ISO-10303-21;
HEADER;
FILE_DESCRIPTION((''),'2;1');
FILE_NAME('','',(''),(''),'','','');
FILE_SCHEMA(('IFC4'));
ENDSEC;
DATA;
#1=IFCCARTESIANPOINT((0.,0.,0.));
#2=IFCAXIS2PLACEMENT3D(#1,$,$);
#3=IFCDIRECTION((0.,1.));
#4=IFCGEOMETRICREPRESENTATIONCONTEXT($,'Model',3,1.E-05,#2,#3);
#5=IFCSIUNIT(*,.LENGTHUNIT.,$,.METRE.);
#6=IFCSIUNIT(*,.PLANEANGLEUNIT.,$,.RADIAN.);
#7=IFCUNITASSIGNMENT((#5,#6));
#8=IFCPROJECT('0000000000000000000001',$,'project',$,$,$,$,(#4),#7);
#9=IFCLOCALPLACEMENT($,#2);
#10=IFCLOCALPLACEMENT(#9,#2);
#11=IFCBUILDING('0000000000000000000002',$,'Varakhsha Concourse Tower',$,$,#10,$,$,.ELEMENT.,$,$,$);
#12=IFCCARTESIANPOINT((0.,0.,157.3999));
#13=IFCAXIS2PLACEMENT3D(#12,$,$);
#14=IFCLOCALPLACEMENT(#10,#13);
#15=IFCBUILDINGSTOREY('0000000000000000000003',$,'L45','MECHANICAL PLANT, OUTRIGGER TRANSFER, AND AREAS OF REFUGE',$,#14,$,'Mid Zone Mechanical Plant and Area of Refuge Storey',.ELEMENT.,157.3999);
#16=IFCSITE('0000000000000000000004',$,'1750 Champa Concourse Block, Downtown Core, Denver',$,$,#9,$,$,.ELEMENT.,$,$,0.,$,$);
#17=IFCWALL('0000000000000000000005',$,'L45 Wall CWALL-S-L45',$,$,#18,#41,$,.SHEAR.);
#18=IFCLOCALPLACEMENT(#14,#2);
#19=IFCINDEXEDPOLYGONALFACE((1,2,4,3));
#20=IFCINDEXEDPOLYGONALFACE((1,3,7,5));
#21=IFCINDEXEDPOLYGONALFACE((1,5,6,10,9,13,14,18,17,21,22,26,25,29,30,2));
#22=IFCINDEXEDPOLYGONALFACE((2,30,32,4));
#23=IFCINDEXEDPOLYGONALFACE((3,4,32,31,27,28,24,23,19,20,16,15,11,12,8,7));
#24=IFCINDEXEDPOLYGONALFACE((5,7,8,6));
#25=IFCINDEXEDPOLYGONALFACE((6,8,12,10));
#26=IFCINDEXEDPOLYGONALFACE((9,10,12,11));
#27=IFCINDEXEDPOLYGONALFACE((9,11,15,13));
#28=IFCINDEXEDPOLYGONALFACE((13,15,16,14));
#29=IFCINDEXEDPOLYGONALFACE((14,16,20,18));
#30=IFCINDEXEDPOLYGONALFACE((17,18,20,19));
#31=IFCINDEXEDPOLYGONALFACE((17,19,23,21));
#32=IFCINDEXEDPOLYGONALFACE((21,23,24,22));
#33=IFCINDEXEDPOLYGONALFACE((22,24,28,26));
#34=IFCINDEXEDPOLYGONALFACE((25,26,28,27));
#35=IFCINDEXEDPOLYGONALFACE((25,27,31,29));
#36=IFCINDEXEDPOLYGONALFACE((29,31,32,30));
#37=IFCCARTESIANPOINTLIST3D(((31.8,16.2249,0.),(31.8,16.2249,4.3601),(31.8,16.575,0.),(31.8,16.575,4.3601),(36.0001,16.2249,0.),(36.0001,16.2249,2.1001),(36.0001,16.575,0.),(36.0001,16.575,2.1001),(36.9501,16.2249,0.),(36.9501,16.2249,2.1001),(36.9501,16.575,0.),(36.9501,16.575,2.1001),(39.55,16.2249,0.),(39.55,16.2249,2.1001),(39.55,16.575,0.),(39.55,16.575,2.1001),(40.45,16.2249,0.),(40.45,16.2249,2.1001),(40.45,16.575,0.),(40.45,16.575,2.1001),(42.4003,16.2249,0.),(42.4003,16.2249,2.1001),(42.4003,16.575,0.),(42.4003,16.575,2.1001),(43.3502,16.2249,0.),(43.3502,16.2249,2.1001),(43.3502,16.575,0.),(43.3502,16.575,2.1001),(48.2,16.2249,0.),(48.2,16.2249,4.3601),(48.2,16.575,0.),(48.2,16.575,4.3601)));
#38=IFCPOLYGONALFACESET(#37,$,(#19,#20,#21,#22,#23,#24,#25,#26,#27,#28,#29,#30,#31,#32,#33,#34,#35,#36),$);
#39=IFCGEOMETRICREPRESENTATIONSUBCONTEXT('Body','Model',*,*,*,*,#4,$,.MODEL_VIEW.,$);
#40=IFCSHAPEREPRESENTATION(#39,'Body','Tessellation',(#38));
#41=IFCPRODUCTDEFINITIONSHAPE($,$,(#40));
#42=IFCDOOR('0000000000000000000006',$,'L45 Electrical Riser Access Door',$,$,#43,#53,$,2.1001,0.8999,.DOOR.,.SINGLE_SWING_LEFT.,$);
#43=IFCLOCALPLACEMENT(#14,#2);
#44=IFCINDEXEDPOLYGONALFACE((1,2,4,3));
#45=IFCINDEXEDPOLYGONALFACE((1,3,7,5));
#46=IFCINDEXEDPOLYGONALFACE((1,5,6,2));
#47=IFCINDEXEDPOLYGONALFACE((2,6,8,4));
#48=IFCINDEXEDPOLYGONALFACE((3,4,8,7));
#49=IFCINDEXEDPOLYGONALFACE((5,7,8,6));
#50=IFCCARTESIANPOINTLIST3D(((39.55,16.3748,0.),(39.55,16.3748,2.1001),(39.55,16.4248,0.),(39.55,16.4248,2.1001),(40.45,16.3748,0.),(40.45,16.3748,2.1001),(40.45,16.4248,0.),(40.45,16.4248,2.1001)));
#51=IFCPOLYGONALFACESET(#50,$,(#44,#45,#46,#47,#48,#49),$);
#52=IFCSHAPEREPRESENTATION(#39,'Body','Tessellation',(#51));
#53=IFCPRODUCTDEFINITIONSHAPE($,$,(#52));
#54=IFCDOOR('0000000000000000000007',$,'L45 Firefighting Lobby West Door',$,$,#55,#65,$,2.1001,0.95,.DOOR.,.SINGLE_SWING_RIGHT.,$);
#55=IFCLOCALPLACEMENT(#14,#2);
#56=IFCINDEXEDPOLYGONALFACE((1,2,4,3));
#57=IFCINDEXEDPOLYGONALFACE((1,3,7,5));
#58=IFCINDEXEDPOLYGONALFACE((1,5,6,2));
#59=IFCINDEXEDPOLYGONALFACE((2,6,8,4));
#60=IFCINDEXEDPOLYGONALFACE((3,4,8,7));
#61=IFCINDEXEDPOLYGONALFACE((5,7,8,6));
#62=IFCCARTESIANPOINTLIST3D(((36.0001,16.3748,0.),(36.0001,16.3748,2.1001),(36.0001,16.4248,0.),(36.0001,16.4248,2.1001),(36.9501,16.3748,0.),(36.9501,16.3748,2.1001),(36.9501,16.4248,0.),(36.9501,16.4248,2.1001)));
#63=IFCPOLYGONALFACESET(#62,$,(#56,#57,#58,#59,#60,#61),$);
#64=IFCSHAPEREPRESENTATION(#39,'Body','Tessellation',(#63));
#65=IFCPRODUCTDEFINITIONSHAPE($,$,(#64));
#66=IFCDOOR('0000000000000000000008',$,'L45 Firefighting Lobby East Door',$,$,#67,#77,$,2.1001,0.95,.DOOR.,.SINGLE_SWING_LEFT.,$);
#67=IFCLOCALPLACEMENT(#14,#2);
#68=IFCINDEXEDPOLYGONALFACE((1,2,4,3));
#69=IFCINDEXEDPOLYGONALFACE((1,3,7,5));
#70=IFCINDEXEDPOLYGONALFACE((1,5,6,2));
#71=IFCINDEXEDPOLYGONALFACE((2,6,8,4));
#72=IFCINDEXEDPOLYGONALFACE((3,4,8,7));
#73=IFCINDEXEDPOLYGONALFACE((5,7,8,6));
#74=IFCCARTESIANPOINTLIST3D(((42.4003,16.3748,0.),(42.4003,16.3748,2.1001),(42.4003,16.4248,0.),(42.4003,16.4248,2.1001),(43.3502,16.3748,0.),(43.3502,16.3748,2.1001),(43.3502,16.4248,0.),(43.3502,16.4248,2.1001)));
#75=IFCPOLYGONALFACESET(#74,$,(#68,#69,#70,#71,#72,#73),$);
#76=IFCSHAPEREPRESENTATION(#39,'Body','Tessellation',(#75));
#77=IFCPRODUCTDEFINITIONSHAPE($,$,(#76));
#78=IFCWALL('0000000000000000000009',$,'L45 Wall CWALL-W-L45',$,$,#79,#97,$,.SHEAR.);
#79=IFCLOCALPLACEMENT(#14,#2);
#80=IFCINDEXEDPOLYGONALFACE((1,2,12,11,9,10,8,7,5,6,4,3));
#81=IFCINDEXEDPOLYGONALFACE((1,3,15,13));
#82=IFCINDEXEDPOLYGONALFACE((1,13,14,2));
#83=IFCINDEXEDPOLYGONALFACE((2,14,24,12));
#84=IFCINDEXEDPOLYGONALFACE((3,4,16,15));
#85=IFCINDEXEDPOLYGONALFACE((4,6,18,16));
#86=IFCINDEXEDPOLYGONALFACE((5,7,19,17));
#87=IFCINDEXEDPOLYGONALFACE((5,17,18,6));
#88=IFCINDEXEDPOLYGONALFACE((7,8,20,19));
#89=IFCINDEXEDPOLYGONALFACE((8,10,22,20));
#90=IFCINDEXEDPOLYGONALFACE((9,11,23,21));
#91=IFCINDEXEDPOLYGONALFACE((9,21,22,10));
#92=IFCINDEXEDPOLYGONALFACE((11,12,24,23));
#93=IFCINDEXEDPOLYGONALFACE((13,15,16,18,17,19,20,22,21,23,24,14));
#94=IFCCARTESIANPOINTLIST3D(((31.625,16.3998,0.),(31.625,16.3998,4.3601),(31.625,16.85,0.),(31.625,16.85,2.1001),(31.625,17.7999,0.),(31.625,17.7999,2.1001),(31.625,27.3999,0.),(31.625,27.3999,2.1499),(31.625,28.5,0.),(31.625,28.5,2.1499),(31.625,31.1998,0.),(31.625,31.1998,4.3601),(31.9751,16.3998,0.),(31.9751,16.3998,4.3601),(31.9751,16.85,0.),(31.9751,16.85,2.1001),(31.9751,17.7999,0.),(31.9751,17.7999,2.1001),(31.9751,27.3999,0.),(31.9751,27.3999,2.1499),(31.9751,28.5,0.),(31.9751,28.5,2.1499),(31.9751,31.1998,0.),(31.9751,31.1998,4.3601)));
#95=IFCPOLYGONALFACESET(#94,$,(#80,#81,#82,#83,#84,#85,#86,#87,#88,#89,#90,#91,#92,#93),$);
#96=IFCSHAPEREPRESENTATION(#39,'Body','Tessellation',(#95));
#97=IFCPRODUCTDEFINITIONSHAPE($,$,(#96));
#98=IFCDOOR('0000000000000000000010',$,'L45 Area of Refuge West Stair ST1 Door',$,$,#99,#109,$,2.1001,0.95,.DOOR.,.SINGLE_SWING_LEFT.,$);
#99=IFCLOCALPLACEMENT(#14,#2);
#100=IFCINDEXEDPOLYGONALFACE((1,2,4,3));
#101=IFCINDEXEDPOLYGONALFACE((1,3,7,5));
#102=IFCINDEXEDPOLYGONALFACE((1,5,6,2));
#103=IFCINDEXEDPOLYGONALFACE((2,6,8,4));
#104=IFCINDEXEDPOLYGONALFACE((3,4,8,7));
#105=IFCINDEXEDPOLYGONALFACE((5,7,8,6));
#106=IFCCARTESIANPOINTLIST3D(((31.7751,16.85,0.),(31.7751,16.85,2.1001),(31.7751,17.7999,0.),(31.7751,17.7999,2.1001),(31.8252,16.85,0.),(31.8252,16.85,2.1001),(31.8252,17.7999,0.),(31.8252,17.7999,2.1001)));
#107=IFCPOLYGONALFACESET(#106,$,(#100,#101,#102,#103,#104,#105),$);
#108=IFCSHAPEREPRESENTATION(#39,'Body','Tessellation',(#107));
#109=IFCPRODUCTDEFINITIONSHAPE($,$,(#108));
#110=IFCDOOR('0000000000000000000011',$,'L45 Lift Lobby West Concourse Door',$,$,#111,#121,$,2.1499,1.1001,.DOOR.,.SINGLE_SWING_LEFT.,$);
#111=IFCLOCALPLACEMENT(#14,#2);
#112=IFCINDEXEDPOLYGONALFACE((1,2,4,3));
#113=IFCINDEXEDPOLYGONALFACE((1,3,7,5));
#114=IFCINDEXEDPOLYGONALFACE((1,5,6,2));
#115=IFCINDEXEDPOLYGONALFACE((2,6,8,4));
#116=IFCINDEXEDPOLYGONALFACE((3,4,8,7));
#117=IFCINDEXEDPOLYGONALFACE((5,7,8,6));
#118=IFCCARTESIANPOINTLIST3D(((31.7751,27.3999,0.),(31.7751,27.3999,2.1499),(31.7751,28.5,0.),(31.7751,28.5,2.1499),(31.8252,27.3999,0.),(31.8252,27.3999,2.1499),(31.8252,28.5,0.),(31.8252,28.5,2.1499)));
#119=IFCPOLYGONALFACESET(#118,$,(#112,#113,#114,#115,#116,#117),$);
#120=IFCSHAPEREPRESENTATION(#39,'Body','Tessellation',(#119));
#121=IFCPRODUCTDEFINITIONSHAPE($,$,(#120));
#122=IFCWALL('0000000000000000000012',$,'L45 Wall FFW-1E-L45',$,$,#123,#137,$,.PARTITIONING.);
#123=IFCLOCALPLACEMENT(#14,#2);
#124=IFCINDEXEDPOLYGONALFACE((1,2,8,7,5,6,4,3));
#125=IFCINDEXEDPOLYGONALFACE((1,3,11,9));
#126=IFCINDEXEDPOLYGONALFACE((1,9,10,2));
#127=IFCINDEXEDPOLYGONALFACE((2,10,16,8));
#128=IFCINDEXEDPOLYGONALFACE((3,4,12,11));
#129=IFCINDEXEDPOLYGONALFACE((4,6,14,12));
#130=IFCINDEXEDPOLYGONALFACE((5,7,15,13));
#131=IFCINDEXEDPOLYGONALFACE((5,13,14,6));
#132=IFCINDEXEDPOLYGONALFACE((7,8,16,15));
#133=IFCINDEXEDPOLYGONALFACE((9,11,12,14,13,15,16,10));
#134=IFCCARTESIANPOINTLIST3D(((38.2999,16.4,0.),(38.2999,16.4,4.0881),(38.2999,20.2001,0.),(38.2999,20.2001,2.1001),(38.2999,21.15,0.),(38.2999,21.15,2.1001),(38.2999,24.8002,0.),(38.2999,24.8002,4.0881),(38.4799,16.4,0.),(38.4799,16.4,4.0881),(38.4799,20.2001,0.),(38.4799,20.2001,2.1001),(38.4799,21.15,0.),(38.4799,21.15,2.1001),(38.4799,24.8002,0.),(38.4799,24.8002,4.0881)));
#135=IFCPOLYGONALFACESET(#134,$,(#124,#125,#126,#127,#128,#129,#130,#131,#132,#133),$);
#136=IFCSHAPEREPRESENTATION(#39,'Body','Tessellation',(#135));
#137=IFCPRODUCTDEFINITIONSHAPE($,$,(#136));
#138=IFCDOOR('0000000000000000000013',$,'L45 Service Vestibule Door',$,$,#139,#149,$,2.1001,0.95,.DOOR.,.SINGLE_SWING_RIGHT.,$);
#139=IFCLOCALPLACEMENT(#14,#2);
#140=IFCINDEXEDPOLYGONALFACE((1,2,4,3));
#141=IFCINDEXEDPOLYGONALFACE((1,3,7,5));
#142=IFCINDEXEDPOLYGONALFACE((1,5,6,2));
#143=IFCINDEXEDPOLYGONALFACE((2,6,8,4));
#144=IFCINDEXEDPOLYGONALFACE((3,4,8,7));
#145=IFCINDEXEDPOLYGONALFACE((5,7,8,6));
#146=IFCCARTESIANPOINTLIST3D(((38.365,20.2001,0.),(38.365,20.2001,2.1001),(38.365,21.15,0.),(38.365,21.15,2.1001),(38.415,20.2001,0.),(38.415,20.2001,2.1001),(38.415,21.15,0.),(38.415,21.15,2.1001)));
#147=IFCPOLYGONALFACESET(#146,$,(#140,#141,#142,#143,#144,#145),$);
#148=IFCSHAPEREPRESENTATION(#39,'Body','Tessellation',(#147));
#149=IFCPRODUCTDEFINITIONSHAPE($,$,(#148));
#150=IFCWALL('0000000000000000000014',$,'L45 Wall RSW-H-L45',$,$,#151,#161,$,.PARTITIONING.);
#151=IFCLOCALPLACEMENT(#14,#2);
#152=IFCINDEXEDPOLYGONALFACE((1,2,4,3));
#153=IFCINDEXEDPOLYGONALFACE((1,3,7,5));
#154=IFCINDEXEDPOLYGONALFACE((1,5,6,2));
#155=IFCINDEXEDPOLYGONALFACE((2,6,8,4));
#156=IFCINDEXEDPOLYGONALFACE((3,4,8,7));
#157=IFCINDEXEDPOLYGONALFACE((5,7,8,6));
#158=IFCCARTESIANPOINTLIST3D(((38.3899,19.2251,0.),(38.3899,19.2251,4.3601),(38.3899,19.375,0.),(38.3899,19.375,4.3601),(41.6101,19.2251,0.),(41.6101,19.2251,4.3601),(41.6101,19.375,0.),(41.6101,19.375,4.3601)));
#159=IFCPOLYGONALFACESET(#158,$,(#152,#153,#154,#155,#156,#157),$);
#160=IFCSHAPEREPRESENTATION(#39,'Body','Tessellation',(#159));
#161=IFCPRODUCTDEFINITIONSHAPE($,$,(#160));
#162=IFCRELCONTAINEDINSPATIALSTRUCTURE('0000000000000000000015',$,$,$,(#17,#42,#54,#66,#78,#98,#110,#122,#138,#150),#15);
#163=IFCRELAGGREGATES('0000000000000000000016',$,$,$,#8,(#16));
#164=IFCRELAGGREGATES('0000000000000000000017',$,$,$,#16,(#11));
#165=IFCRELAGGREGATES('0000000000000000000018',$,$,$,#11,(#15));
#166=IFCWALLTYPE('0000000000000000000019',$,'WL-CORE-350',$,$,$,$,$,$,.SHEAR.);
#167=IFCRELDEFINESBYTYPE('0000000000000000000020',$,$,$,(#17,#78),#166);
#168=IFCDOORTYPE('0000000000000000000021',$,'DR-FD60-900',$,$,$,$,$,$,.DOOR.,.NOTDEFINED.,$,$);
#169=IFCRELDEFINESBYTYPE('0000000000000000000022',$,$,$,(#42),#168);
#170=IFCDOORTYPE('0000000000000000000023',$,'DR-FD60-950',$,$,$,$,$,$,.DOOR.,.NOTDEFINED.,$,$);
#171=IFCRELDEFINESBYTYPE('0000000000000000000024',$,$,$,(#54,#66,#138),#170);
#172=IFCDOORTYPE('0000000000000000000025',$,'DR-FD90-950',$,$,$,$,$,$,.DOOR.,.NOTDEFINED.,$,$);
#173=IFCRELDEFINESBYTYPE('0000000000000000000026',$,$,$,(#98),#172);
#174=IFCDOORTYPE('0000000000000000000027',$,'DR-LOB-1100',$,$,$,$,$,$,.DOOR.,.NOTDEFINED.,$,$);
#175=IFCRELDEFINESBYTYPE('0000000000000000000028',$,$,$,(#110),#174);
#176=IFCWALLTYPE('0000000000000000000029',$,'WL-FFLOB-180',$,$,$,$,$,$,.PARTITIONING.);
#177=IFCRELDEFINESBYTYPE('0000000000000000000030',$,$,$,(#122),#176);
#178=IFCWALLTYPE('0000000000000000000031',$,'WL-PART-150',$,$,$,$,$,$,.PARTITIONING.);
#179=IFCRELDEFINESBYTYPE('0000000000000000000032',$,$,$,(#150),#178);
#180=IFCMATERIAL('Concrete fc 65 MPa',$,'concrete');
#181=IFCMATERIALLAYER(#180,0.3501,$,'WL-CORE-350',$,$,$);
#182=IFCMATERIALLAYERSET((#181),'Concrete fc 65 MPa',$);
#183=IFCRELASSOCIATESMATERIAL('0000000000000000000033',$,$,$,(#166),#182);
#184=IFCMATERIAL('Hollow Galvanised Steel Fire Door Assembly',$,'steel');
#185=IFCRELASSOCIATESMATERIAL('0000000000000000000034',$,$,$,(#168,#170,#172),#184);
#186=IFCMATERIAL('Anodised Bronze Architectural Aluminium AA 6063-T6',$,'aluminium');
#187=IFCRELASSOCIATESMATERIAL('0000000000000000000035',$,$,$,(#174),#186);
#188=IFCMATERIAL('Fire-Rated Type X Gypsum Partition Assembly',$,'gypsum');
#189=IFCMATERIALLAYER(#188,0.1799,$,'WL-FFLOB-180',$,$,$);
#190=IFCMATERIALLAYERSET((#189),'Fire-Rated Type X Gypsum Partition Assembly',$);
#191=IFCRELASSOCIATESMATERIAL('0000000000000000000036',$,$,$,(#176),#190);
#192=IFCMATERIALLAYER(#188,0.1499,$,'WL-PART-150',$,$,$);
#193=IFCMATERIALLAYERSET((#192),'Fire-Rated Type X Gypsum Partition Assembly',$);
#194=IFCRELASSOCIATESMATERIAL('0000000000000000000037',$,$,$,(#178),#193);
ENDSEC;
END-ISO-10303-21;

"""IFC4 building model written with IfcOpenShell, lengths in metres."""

from ifc_helpers import new_model, si_unit, direction, frame, frame_2d, origin, place, context, subcontext, project, spatial, rectangle, extrude, material, layer, layer_set, type_object, element, fill, save


model = new_model("IFC4")

# Units and contexts
model_context = context("Model", 3, precision=1e-05, world=origin(), true_north=direction((0.0, 1.0)))
body_context = subcontext(model_context, "Body", "Model", "MODEL_VIEW")
ifc_project = project(units=[si_unit("LENGTHUNIT", "METRE"), si_unit("PLANEANGLEUNIT", "RADIAN")], contexts=[model_context])

# Site, building, storey
site_placement = place(None, origin())
site = spatial("IfcSite", under=ifc_project, at=site_placement, Name="1750 Champa Concourse Block, Downtown Core, Denver", CompositionType="ELEMENT", RefElevation=0.0)
building_placement = place(site_placement, origin())
building = spatial("IfcBuilding", under=site, at=building_placement, Name="Varakhsha Concourse Tower", CompositionType="ELEMENT")
storey_placement = place(building_placement, frame((0.0, 0.0, 157.3999)))
storey = spatial("IfcBuildingStorey", under=building, at=storey_placement, Name="L45", Description="MECHANICAL PLANT, OUTRIGGER TRANSFER, AND AREAS OF REFUGE", LongName="Mid Zone Mechanical Plant and Area of Refuge Storey", CompositionType="ELEMENT", Elevation=157.3999)

# Shared definitions
ifc_material_1 = material(Name="Concrete fc 65 MPa", Category="concrete")

# Shared definitions
ifc_material_2 = material(Name="Anodised Bronze Architectural Aluminium AA 6063-T6", Category="aluminium")

# Walls, openings, doors
ifc_layer_1 = layer(ifc_material_1, 0.3501, Name="WL-CORE-350")
ifc_layer_set_1 = layer_set([ifc_layer_1], Name="Concrete fc 65 MPa")
wall_type_1 = type_object("IfcWallType", Name="WL-CORE-350", PredefinedType="SHEAR", material=ifc_layer_set_1)
wall_1_placement = place(storey_placement, frame((31.8, 16.3999, 0.0), z_axis=(0.0, 0.0, 1.0), x_axis=(1.0, 0.0, 0.0)))
wall_1 = element("IfcWall", 1, at=wall_1_placement, inside=storey, type_object=wall_type_1, Name="L45 Wall CWALL-S-L45", PredefinedType="SHEAR", context=body_context, shape_type="SweptSolid", body=[
    extrude(rectangle(XDim=16.3999, YDim=0.3501, at=frame_2d((8.2, 0.0))), origin(), (0.0, 0.0, 1.0), 4.3601),
])
opening_1_placement = place(wall_1_placement, frame((7.75, 0.0, 0.0)))
opening_1 = element("IfcOpeningElement", 2, at=opening_1_placement, cuts=wall_1, PredefinedType="OPENING", context=body_context, shape_type="SweptSolid", body=[
    extrude(rectangle(XDim=0.8999, YDim=2.1001, at=frame_2d((0.45, 1.05))), frame((0.0, 0.1851, 0.0), z_axis=(0.0, -1.0, 0.0), x_axis=(1.0, 0.0, 0.0)), (0.0, 0.0, 1.0), 0.3701),
])
opening_2_placement = place(wall_1_placement, frame((4.2, 0.0, 0.0)))
opening_2 = element("IfcOpeningElement", 3, at=opening_2_placement, cuts=wall_1, PredefinedType="OPENING", context=body_context, shape_type="SweptSolid", body=[
    extrude(rectangle(XDim=0.95, YDim=2.1001, at=frame_2d((0.4751, 1.05))), frame((0.0, 0.1851, 0.0), z_axis=(0.0, -1.0, 0.0), x_axis=(1.0, 0.0, 0.0)), (0.0, 0.0, 1.0), 0.3701),
])
opening_3_placement = place(wall_1_placement, frame((10.6001, 0.0, 0.0)))
opening_3 = element("IfcOpeningElement", 4, at=opening_3_placement, cuts=wall_1, PredefinedType="OPENING", context=body_context, shape_type="SweptSolid", body=[
    extrude(rectangle(XDim=0.95, YDim=2.1001, at=frame_2d((0.4751, 1.05))), frame((0.0, 0.1851, 0.0), z_axis=(0.0, -1.0, 0.0), x_axis=(1.0, 0.0, 0.0)), (0.0, 0.0, 1.0), 0.3701),
])
ifc_material_3 = material(Name="Hollow Galvanised Steel Fire Door Assembly", Category="steel")
door_type_1 = type_object("IfcDoorType", Name="DR-FD60-900", OperationType="NOTDEFINED", PredefinedType="DOOR", material=ifc_material_3)
door_1_placement = place(opening_1_placement, origin())
door_1 = element("IfcDoor", 5, at=door_1_placement, inside=storey, type_object=door_type_1, Name="L45 Electrical Riser Access Door", OperationType="SINGLE_SWING_LEFT", OverallHeight=2.1001, OverallWidth=0.8999, PredefinedType="DOOR", context=body_context, shape_type="SweptSolid", body=[
    extrude(rectangle(XDim=0.8999, YDim=2.1001, at=frame_2d((0.45, 1.05))), frame((0.0, 0.0249, 0.0), z_axis=(0.0, -1.0, 0.0), x_axis=(1.0, 0.0, 0.0)), (0.0, 0.0, 1.0), 0.05),
])
fill(opening_1, door_1)
door_type_2 = type_object("IfcDoorType", Name="DR-FD60-950", OperationType="NOTDEFINED", PredefinedType="DOOR", material=ifc_material_3)
door_2_placement = place(opening_2_placement, origin())
door_2 = element("IfcDoor", 6, at=door_2_placement, inside=storey, type_object=door_type_2, Name="L45 Firefighting Lobby West Door", OperationType="SINGLE_SWING_RIGHT", OverallHeight=2.1001, OverallWidth=0.95, PredefinedType="DOOR", context=body_context, shape_type="SweptSolid", body=[
    extrude(rectangle(XDim=0.95, YDim=2.1001, at=frame_2d((0.4751, 1.05))), frame((0.0, 0.0249, 0.0), z_axis=(0.0, -1.0, 0.0), x_axis=(1.0, 0.0, 0.0)), (0.0, 0.0, 1.0), 0.05),
])
fill(opening_2, door_2)
door_3_placement = place(opening_3_placement, origin())
door_3 = element("IfcDoor", 7, at=door_3_placement, inside=storey, type_object=door_type_2, Name="L45 Firefighting Lobby East Door", OperationType="SINGLE_SWING_LEFT", OverallHeight=2.1001, OverallWidth=0.95, PredefinedType="DOOR", context=body_context, shape_type="SweptSolid", body=[
    extrude(rectangle(XDim=0.95, YDim=2.1001, at=frame_2d((0.4751, 1.05))), frame((0.0, 0.0249, 0.0), z_axis=(0.0, -1.0, 0.0), x_axis=(1.0, 0.0, 0.0)), (0.0, 0.0, 1.0), 0.05),
])
fill(opening_3, door_3)
wall_2_placement = place(storey_placement, frame((31.8, 16.3999, 0.0), z_axis=(0.0, 0.0, 1.0), x_axis=(0.0, 1.0, 0.0)))
wall_2 = element("IfcWall", 8, at=wall_2_placement, inside=storey, type_object=wall_type_1, Name="L45 Wall CWALL-W-L45", PredefinedType="SHEAR", context=body_context, shape_type="SweptSolid", body=[
    extrude(rectangle(XDim=14.8, YDim=0.3501, at=frame_2d((7.3999, 0.0))), origin(), (0.0, 0.0, 1.0), 4.3601),
])
opening_4_placement = place(wall_2_placement, frame((11.0, 0.0, 0.0)))
opening_4 = element("IfcOpeningElement", 9, at=opening_4_placement, cuts=wall_2, PredefinedType="OPENING", context=body_context, shape_type="SweptSolid", body=[
    extrude(rectangle(XDim=1.1001, YDim=2.1499, at=frame_2d((0.55, 1.075))), frame((0.0, 0.1851, 0.0), z_axis=(0.0, -1.0, 0.0), x_axis=(1.0, 0.0, 0.0)), (0.0, 0.0, 1.0), 0.3701),
])
opening_5_placement = place(wall_2_placement, frame((0.45, 0.0, 0.0)))
opening_5 = element("IfcOpeningElement", 10, at=opening_5_placement, cuts=wall_2, PredefinedType="OPENING", context=body_context, shape_type="SweptSolid", body=[
    extrude(rectangle(XDim=0.95, YDim=2.1001, at=frame_2d((0.4751, 1.05))), frame((0.0, 0.1851, 0.0), z_axis=(0.0, -1.0, 0.0), x_axis=(1.0, 0.0, 0.0)), (0.0, 0.0, 1.0), 0.3701),
])
door_type_3 = type_object("IfcDoorType", Name="DR-FD90-950", OperationType="NOTDEFINED", PredefinedType="DOOR", material=ifc_material_3)
door_4_placement = place(opening_5_placement, origin())
door_4 = element("IfcDoor", 11, at=door_4_placement, inside=storey, type_object=door_type_3, Name="L45 Area of Refuge West Stair ST1 Door", OperationType="SINGLE_SWING_LEFT", OverallHeight=2.1001, OverallWidth=0.95, PredefinedType="DOOR", context=body_context, shape_type="SweptSolid", body=[
    extrude(rectangle(XDim=0.95, YDim=2.1001, at=frame_2d((0.4751, 1.05))), frame((0.0, 0.0249, 0.0), z_axis=(0.0, -1.0, 0.0), x_axis=(1.0, 0.0, 0.0)), (0.0, 0.0, 1.0), 0.05),
])
fill(opening_5, door_4)
door_type_4 = type_object("IfcDoorType", Name="DR-LOB-1100", OperationType="NOTDEFINED", PredefinedType="DOOR", material=ifc_material_2)
door_5_placement = place(opening_4_placement, origin())
door_5 = element("IfcDoor", 12, at=door_5_placement, inside=storey, type_object=door_type_4, Name="L45 Lift Lobby West Concourse Door", OperationType="SINGLE_SWING_LEFT", OverallHeight=2.1499, OverallWidth=1.1001, PredefinedType="DOOR", context=body_context, shape_type="SweptSolid", body=[
    extrude(rectangle(XDim=1.1001, YDim=2.1499, at=frame_2d((0.55, 1.075))), frame((0.0, 0.0249, 0.0), z_axis=(0.0, -1.0, 0.0), x_axis=(1.0, 0.0, 0.0)), (0.0, 0.0, 1.0), 0.05),
])
fill(opening_4, door_5)

# Wall, opening, door
ifc_material_4 = material(Name="Fire-Rated Type X Gypsum Partition Assembly", Category="gypsum")
ifc_layer_2 = layer(ifc_material_4, 0.1799, Name="WL-FFLOB-180")
ifc_layer_set_2 = layer_set([ifc_layer_2], Name="Fire-Rated Type X Gypsum Partition Assembly")
wall_type_2 = type_object("IfcWallType", Name="WL-FFLOB-180", PredefinedType="PARTITIONING", material=ifc_layer_set_2)
wall_3_placement = place(storey_placement, frame((38.3899, 16.3999, 0.0), z_axis=(0.0, 0.0, 1.0), x_axis=(0.0, 1.0, 0.0)))
wall_3 = element("IfcWall", 13, at=wall_3_placement, inside=storey, type_object=wall_type_2, Name="L45 Wall FFW-1E-L45", PredefinedType="PARTITIONING", context=body_context, shape_type="SweptSolid", body=[
    extrude(rectangle(XDim=8.4001, YDim=0.1799, at=frame_2d((4.2002, 0.0))), origin(), (0.0, 0.0, 1.0), 4.0881),
])
opening_6_placement = place(wall_3_placement, frame((3.8, 0.0, 0.0)))
opening_6 = element("IfcOpeningElement", 14, at=opening_6_placement, cuts=wall_3, PredefinedType="OPENING", context=body_context, shape_type="SweptSolid", body=[
    extrude(rectangle(XDim=0.95, YDim=2.1001, at=frame_2d((0.4751, 1.05))), frame((0.0, 0.0999, 0.0), z_axis=(0.0, -1.0, 0.0), x_axis=(1.0, 0.0, 0.0)), (0.0, 0.0, 1.0), 0.2),
])
door_6_placement = place(opening_6_placement, origin())
door_6 = element("IfcDoor", 15, at=door_6_placement, inside=storey, type_object=door_type_2, Name="L45 Service Vestibule Door", OperationType="SINGLE_SWING_RIGHT", OverallHeight=2.1001, OverallWidth=0.95, PredefinedType="DOOR", context=body_context, shape_type="SweptSolid", body=[
    extrude(rectangle(XDim=0.95, YDim=2.1001, at=frame_2d((0.4751, 1.05))), frame((0.0, 0.0249, 0.0), z_axis=(0.0, -1.0, 0.0), x_axis=(1.0, 0.0, 0.0)), (0.0, 0.0, 1.0), 0.05),
])
fill(opening_6, door_6)

# Wall
ifc_layer_3 = layer(ifc_material_4, 0.1499, Name="WL-PART-150")
ifc_layer_set_3 = layer_set([ifc_layer_3], Name="Fire-Rated Type X Gypsum Partition Assembly")
wall_type_3 = type_object("IfcWallType", Name="WL-PART-150", PredefinedType="PARTITIONING", material=ifc_layer_set_3)
wall_4_placement = place(storey_placement, frame((38.3899, 19.3, 0.0), z_axis=(0.0, 0.0, 1.0), x_axis=(1.0, 0.0, 0.0)))
element("IfcWall", 16, at=wall_4_placement, inside=storey, type_object=wall_type_3, Name="L45 Wall RSW-H-L45", PredefinedType="PARTITIONING", context=body_context, shape_type="SweptSolid", body=[
    extrude(rectangle(XDim=3.2202, YDim=0.1499, at=frame_2d((1.6101, 0.0))), origin(), (0.0, 0.0, 1.0), 4.3601),
])

save(model, "model.ifc")
